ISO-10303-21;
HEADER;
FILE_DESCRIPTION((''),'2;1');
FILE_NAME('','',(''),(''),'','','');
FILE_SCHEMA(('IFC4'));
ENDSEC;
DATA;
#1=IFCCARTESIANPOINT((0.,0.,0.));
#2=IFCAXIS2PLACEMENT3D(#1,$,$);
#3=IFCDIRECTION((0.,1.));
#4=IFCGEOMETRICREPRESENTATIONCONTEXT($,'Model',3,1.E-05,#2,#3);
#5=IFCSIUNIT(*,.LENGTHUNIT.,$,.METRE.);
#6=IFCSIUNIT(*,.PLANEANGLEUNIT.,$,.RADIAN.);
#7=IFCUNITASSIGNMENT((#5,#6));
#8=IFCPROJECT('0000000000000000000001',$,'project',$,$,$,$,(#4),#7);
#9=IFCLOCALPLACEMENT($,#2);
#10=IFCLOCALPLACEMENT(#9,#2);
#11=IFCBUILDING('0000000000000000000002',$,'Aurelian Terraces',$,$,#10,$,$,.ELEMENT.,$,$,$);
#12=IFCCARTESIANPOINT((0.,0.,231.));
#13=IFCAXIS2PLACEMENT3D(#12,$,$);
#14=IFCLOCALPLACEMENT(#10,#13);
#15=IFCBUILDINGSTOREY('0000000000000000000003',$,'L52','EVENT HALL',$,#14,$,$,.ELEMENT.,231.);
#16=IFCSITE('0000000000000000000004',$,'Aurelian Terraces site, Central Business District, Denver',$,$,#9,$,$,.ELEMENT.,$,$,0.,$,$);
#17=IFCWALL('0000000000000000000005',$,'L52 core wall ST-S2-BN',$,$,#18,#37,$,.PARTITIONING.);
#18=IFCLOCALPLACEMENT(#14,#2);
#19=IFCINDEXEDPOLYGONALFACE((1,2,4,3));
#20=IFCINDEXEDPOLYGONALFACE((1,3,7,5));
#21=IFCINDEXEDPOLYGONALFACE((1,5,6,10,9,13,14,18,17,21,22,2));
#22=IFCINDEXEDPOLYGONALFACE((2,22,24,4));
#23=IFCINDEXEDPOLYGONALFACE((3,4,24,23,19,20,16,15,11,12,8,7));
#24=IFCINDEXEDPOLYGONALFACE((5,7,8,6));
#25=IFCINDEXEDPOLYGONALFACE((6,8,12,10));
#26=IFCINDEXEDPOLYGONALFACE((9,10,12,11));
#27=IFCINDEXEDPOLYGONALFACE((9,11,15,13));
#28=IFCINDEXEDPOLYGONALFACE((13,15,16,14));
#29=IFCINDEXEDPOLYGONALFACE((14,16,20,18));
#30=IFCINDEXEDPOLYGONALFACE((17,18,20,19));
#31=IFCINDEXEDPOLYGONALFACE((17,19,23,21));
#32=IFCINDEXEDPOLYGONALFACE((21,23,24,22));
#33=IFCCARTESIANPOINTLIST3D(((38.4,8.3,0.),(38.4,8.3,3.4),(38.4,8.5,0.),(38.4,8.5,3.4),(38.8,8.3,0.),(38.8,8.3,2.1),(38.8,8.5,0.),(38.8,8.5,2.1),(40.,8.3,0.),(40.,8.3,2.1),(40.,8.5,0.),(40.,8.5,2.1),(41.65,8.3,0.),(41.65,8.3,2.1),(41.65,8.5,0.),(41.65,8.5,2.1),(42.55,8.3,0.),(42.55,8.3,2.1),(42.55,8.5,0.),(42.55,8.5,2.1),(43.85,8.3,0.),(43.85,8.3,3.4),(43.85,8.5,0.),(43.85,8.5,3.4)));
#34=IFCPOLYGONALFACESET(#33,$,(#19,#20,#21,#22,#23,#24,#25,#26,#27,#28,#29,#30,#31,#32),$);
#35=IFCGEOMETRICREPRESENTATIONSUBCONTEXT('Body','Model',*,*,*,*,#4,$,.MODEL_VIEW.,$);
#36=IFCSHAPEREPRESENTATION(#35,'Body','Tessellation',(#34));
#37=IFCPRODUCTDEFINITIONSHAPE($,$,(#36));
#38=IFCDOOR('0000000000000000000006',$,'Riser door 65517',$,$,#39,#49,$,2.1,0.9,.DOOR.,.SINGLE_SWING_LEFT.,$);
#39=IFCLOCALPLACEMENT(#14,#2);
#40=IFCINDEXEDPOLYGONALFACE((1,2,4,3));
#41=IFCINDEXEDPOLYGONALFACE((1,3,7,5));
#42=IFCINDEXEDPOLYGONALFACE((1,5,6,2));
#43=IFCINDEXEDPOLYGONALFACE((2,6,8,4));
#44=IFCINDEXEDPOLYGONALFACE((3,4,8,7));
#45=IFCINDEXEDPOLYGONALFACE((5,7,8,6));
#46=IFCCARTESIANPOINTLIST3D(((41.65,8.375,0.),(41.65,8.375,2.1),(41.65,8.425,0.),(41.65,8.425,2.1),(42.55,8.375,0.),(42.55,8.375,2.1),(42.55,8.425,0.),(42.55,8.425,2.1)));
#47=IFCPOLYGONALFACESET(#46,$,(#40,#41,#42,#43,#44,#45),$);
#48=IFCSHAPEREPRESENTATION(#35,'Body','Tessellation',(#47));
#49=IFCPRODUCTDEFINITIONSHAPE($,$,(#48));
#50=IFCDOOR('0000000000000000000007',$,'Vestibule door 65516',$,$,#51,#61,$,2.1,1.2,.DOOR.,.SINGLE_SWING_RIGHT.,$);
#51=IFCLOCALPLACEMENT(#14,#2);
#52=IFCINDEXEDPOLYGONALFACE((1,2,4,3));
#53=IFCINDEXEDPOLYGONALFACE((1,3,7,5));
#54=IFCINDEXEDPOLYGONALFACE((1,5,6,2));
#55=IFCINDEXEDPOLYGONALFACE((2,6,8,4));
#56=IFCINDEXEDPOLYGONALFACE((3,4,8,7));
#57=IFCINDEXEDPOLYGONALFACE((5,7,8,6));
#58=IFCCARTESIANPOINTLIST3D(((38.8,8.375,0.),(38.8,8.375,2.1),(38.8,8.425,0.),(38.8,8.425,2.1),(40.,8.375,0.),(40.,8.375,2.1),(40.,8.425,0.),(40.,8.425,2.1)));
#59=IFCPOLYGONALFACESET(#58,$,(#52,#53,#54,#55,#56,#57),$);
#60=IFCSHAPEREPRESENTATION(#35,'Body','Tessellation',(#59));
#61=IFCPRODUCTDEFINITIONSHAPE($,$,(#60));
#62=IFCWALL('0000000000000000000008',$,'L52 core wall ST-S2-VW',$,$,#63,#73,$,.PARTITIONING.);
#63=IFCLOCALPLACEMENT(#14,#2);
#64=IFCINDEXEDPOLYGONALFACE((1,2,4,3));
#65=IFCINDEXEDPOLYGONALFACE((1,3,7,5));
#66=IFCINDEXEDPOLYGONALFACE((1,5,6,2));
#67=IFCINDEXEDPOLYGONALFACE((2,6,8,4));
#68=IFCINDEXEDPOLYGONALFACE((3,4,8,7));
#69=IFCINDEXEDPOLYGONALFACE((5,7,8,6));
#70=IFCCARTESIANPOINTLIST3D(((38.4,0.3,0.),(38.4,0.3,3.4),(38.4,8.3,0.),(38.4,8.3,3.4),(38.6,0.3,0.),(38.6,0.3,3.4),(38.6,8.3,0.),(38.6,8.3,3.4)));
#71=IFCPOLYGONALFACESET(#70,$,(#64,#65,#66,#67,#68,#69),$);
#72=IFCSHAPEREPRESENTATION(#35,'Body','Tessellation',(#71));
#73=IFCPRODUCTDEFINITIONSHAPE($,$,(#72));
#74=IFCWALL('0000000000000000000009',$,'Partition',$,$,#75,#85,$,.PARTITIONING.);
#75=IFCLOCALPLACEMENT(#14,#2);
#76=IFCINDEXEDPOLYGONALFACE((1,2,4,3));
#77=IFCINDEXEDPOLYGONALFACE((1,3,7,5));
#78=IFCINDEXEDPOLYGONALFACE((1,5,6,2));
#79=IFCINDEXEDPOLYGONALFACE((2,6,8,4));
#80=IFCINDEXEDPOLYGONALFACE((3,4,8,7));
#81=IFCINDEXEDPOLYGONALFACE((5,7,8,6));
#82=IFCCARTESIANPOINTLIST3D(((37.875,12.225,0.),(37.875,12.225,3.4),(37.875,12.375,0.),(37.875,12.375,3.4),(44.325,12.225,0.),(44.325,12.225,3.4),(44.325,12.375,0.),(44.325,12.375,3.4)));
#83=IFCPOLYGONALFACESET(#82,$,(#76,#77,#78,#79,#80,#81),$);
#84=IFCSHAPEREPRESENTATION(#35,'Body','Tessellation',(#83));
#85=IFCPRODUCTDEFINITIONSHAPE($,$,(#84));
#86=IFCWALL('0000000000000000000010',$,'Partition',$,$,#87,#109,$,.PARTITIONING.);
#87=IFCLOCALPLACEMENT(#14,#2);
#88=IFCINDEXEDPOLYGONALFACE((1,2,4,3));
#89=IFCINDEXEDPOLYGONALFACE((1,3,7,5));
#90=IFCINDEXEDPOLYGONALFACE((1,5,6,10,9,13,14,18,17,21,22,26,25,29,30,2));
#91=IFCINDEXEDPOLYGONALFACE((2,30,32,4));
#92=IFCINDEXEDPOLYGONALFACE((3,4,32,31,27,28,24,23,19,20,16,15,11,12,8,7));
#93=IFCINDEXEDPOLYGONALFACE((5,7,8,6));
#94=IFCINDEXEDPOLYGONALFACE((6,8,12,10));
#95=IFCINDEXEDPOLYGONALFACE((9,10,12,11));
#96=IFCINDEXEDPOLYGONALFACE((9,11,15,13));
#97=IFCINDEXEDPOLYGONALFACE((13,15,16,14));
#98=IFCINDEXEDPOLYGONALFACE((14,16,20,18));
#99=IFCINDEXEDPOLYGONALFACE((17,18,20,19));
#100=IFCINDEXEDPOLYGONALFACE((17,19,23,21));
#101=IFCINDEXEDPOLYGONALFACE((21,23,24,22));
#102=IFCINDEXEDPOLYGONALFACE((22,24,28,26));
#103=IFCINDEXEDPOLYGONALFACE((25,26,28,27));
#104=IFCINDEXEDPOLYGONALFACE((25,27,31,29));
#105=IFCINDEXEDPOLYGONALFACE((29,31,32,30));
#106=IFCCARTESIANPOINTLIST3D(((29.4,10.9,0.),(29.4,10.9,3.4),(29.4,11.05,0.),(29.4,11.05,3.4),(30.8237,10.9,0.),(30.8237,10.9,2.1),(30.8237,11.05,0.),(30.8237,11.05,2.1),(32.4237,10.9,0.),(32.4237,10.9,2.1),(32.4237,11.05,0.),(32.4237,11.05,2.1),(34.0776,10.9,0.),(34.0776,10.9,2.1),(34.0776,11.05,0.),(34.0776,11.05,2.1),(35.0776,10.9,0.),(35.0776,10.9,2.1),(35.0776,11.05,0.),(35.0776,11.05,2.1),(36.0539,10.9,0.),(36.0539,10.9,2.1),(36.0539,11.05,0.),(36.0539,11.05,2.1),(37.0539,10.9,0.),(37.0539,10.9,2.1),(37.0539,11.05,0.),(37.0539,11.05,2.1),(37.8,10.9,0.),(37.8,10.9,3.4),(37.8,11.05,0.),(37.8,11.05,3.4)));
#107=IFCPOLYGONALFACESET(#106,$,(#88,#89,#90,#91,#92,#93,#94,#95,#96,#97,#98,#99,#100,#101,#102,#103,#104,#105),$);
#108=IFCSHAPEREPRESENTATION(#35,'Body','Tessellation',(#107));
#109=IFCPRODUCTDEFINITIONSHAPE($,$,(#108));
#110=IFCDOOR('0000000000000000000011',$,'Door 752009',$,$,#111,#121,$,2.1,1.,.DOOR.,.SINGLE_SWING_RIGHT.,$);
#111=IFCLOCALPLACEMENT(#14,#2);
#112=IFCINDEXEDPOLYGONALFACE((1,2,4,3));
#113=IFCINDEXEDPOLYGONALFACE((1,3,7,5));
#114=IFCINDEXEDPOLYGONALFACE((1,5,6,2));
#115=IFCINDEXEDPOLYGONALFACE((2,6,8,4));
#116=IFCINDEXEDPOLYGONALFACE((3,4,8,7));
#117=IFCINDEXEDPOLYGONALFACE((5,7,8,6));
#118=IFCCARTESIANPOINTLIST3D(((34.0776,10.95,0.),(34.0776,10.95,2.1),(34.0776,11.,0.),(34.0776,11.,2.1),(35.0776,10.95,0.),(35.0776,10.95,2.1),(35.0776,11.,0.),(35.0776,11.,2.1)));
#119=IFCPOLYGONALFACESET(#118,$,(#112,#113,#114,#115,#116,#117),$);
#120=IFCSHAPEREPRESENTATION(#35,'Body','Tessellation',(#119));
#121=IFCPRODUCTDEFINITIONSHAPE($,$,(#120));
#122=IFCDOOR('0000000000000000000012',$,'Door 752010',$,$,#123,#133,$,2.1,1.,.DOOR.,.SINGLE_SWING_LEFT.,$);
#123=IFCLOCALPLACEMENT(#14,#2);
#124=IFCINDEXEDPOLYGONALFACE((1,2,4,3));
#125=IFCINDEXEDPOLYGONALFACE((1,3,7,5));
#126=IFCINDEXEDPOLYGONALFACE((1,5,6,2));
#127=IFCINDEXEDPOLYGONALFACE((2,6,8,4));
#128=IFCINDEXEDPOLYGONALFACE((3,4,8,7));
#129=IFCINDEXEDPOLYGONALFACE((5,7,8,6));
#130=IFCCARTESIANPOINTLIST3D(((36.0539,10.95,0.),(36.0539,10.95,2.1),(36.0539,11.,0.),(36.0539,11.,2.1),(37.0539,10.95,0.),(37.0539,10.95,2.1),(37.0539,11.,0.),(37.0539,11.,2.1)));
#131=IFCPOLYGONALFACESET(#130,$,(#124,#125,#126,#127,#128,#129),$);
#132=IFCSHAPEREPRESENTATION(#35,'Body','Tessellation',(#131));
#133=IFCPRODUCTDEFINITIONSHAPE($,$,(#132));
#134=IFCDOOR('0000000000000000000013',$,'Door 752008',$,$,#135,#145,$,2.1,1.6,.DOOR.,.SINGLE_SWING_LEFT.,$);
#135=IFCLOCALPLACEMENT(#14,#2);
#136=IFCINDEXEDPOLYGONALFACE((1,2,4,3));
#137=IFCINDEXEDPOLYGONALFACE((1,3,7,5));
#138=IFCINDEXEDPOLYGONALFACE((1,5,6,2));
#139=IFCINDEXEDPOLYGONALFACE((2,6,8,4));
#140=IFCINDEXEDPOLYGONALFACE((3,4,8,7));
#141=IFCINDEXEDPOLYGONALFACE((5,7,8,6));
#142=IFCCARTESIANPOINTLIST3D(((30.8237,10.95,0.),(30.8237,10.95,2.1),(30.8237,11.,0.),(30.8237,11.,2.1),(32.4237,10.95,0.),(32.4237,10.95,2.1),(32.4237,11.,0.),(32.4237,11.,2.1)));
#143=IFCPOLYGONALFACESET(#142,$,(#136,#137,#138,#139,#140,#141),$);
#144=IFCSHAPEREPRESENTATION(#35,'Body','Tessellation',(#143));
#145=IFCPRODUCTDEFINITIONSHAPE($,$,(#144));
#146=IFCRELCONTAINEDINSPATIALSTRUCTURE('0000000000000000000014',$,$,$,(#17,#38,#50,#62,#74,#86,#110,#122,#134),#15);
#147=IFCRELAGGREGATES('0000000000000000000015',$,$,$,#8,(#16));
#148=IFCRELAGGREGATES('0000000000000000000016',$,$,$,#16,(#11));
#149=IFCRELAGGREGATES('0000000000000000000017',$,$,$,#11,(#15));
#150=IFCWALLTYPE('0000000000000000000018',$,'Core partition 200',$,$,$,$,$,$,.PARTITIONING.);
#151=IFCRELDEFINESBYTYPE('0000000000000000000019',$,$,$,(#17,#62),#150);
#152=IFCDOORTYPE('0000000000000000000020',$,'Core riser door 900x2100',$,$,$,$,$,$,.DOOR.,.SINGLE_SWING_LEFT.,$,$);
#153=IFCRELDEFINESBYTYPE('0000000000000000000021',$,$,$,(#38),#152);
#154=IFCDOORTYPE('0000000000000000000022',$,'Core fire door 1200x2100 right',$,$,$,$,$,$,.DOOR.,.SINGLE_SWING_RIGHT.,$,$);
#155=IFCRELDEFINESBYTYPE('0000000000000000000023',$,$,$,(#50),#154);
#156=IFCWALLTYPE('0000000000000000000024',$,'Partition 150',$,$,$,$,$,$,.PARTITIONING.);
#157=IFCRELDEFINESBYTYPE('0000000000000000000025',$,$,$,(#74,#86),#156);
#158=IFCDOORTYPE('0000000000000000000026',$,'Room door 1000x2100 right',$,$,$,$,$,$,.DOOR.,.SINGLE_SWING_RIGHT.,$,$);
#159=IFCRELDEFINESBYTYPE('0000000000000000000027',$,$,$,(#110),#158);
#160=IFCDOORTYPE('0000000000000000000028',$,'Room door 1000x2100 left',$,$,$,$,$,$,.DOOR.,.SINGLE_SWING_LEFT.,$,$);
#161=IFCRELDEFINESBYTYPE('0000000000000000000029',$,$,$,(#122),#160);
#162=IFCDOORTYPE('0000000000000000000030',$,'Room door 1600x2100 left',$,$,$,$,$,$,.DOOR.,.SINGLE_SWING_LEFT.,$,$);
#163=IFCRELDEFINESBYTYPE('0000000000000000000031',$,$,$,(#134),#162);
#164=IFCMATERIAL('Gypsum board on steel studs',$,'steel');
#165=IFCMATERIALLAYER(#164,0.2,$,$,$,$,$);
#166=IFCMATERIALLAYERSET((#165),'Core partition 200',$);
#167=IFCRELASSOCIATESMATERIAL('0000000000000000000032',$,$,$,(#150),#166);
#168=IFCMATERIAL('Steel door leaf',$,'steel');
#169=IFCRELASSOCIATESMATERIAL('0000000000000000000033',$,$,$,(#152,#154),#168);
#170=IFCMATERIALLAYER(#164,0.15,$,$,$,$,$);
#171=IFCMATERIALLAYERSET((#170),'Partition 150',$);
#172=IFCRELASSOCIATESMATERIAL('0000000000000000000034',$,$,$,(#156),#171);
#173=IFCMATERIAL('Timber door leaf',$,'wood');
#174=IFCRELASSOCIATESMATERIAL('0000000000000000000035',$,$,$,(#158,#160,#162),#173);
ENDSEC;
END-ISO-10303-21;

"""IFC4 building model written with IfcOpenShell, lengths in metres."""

from ifc_helpers import new_model, si_unit, direction, frame, frame_2d, origin, place, context, subcontext, project, spatial, rectangle, extrude, source, transform, mapped, material, layer, layer_set, type_object, element, fill, save


model = new_model("IFC4")

# Units and contexts
model_context = context("Model", 3, precision=1e-05, world=origin(), true_north=direction((0.0, 1.0)))
body_context = subcontext(model_context, "Body", "Model", "MODEL_VIEW")
ifc_project = project(units=[si_unit("LENGTHUNIT", "METRE"), si_unit("PLANEANGLEUNIT", "RADIAN")], contexts=[model_context])

# Site, building, storey
site_placement = place(None, origin())
site = spatial("IfcSite", under=ifc_project, at=site_placement, Name="Aurelian Terraces site, Central Business District, Denver", CompositionType="ELEMENT", RefElevation=0.0)
building_placement = place(site_placement, origin())
building = spatial("IfcBuilding", under=site, at=building_placement, Name="Aurelian Terraces", CompositionType="ELEMENT")
storey_placement = place(building_placement, frame((0.0, 0.0, 231.0)))
storey = spatial("IfcBuildingStorey", under=building, at=storey_placement, Name="L52", Description="EVENT HALL", CompositionType="ELEMENT", Elevation=231.0)

# Shared definitions
ifc_material_1 = material(Name="Steel door leaf", Category="steel")

# Wall, openings, doors
ifc_material_2 = material(Name="Gypsum board on steel studs", Category="steel")
ifc_layer_1 = layer(ifc_material_2, 0.2)
ifc_layer_set_1 = layer_set([ifc_layer_1], Name="Core partition 200")
wall_type_1 = type_object("IfcWallType", Name="Core partition 200", PredefinedType="PARTITIONING", material=ifc_layer_set_1)
shared_shape_1 = source(origin(), body_context, "Body", "SweptSolid", [
    extrude(rectangle(XDim=5.45, YDim=0.2, at=frame_2d((2.725, 0.0))), origin(), (0.0, 0.0, 1.0), 3.4),
])
wall_1_placement = place(storey_placement, frame((38.4, 8.4, 0.0), z_axis=(0.0, 0.0, 1.0), x_axis=(1.0, 0.0, 0.0)))
wall_1 = element("IfcWall", 1, at=wall_1_placement, inside=storey, type_object=wall_type_1, Name="L52 core wall ST-S2-BN", PredefinedType="PARTITIONING", context=body_context, shape_type="MappedRepresentation", body=[
    mapped(shared_shape_1, transform((0.0, 0.0, 0.0), scale=1.0)),
])
shared_shape_2 = source(origin(), body_context, "Body", "SweptSolid", [
    extrude(rectangle(XDim=1.2, YDim=2.1, at=frame_2d((0.6, 1.05))), frame((0.0, 0.11, 0.0), z_axis=(0.0, -1.0, 0.0), x_axis=(1.0, 0.0, 0.0)), (0.0, 0.0, 1.0), 0.22),
])
opening_1_placement = place(wall_1_placement, frame((0.4, 0.0, 0.0)))
opening_1 = element("IfcOpeningElement", 2, at=opening_1_placement, cuts=wall_1, PredefinedType="OPENING", context=body_context, shape_type="MappedRepresentation", body=[
    mapped(shared_shape_2, transform((0.0, 0.0, 0.0), scale=1.0)),
])
shared_shape_3 = source(origin(), body_context, "Body", "SweptSolid", [
    extrude(rectangle(XDim=0.9, YDim=2.1, at=frame_2d((0.45, 1.05))), frame((0.0, 0.11, 0.0), z_axis=(0.0, -1.0, 0.0), x_axis=(1.0, 0.0, 0.0)), (0.0, 0.0, 1.0), 0.22),
])
opening_2_placement = place(wall_1_placement, frame((3.25, 0.0, 0.0)))
opening_2 = element("IfcOpeningElement", 3, at=opening_2_placement, cuts=wall_1, PredefinedType="OPENING", context=body_context, shape_type="MappedRepresentation", body=[
    mapped(shared_shape_3, transform((0.0, 0.0, 0.0), scale=1.0)),
])
door_type_1 = type_object("IfcDoorType", Name="Core riser door 900x2100", OperationType="SINGLE_SWING_LEFT", PredefinedType="DOOR", material=ifc_material_1)
shared_shape_4 = source(origin(), body_context, "Body", "SweptSolid", [
    extrude(rectangle(XDim=0.9, YDim=2.1, at=frame_2d((0.45, 1.05))), frame((0.0, 0.025, 0.0), z_axis=(0.0, -1.0, 0.0), x_axis=(1.0, 0.0, 0.0)), (0.0, 0.0, 1.0), 0.05),
])
door_1_placement = place(opening_2_placement, origin())
door_1 = element("IfcDoor", 4, at=door_1_placement, inside=storey, type_object=door_type_1, Name="Riser door 65517", OperationType="SINGLE_SWING_LEFT", OverallHeight=2.1, OverallWidth=0.9, PredefinedType="DOOR", context=body_context, shape_type="MappedRepresentation", body=[
    mapped(shared_shape_4, transform((0.0, 0.0, 0.0), scale=1.0)),
])
fill(opening_2, door_1)
door_type_2 = type_object("IfcDoorType", Name="Core fire door 1200x2100 right", OperationType="SINGLE_SWING_RIGHT", PredefinedType="DOOR", material=ifc_material_1)
shared_shape_5 = source(origin(), body_context, "Body", "SweptSolid", [
    extrude(rectangle(XDim=1.2, YDim=2.1, at=frame_2d((0.6, 1.05))), frame((0.0, 0.025, 0.0), z_axis=(0.0, -1.0, 0.0), x_axis=(1.0, 0.0, 0.0)), (0.0, 0.0, 1.0), 0.05),
])
door_2_placement = place(opening_1_placement, origin())
door_2 = element("IfcDoor", 5, at=door_2_placement, inside=storey, type_object=door_type_2, Name="Vestibule door 65516", OperationType="SINGLE_SWING_RIGHT", OverallHeight=2.1, OverallWidth=1.2, PredefinedType="DOOR", context=body_context, shape_type="MappedRepresentation", body=[
    mapped(shared_shape_5, transform((0.0, 0.0, 0.0), scale=1.0)),
])
fill(opening_1, door_2)

# Walls
shared_shape_6 = source(origin(), body_context, "Body", "SweptSolid", [
    extrude(rectangle(XDim=8.0, YDim=0.2, at=frame_2d((4.0, 0.0))), origin(), (0.0, 0.0, 1.0), 3.4),
])
wall_2_placement = place(storey_placement, frame((38.5, 0.3, 0.0), z_axis=(0.0, 0.0, 1.0), x_axis=(0.0, 1.0, 0.0)))
element("IfcWall", 6, at=wall_2_placement, inside=storey, type_object=wall_type_1, Name="L52 core wall ST-S2-VW", PredefinedType="PARTITIONING", context=body_context, shape_type="MappedRepresentation", body=[
    mapped(shared_shape_6, transform((0.0, 0.0, 0.0), scale=1.0)),
])
ifc_layer_2 = layer(ifc_material_2, 0.15)
ifc_layer_set_2 = layer_set([ifc_layer_2], Name="Partition 150")
wall_type_2 = type_object("IfcWallType", Name="Partition 150", PredefinedType="PARTITIONING", material=ifc_layer_set_2)
shared_shape_7 = source(origin(), body_context, "Body", "SweptSolid", [
    extrude(rectangle(XDim=6.45, YDim=0.15, at=frame_2d((3.225, 0.0))), origin(), (0.0, 0.0, 1.0), 3.4),
])
wall_3_placement = place(storey_placement, frame((37.875, 12.3, 0.0), z_axis=(0.0, 0.0, 1.0), x_axis=(1.0, 0.0, 0.0)))
element("IfcWall", 7, at=wall_3_placement, inside=storey, type_object=wall_type_2, Name="Partition", PredefinedType="PARTITIONING", context=body_context, shape_type="MappedRepresentation", body=[
    mapped(shared_shape_7, transform((0.0, 0.0, 0.0), scale=1.0)),
])

# Wall, openings, doors
shared_shape_8 = source(origin(), body_context, "Body", "SweptSolid", [
    extrude(rectangle(XDim=8.4, YDim=0.15, at=frame_2d((4.2, 0.0))), origin(), (0.0, 0.0, 1.0), 3.4),
])
wall_4_placement = place(storey_placement, frame((37.8, 10.975, 0.0), z_axis=(0.0, 0.0, 1.0), x_axis=(-1.0, 0.0, 0.0)))
wall_4 = element("IfcWall", 8, at=wall_4_placement, inside=storey, type_object=wall_type_2, Name="Partition", PredefinedType="PARTITIONING", context=body_context, shape_type="MappedRepresentation", body=[
    mapped(shared_shape_8, transform((0.0, 0.0, 0.0), scale=1.0)),
])
shared_shape_9 = source(origin(), body_context, "Body", "SweptSolid", [
    extrude(rectangle(XDim=1.6, YDim=2.1, at=frame_2d((0.8, 1.05))), frame((0.0, 0.085, 0.0), z_axis=(0.0, -1.0, 0.0), x_axis=(1.0, 0.0, 0.0)), (0.0, 0.0, 1.0), 0.17),
])
opening_3_placement = place(wall_4_placement, frame((5.3763, 0.0, 0.0)))
opening_3 = element("IfcOpeningElement", 9, at=opening_3_placement, cuts=wall_4, PredefinedType="OPENING", context=body_context, shape_type="MappedRepresentation", body=[
    mapped(shared_shape_9, transform((0.0, 0.0, 0.0), scale=1.0)),
])
shared_shape_10 = source(origin(), body_context, "Body", "SweptSolid", [
    extrude(rectangle(XDim=1.0, YDim=2.1, at=frame_2d((0.5, 1.05))), frame((0.0, 0.085, 0.0), z_axis=(0.0, -1.0, 0.0), x_axis=(1.0, 0.0, 0.0)), (0.0, 0.0, 1.0), 0.17),
])
opening_4_placement = place(wall_4_placement, frame((2.7224, 0.0, 0.0)))
opening_4 = element("IfcOpeningElement", 10, at=opening_4_placement, cuts=wall_4, PredefinedType="OPENING", context=body_context, shape_type="MappedRepresentation", body=[
    mapped(shared_shape_10, transform((0.0, 0.0, 0.0), scale=1.0)),
])
opening_5_placement = place(wall_4_placement, frame((0.7461, 0.0, 0.0)))
opening_5 = element("IfcOpeningElement", 11, at=opening_5_placement, cuts=wall_4, PredefinedType="OPENING", context=body_context, shape_type="MappedRepresentation", body=[
    mapped(shared_shape_10, transform((0.0, 0.0, 0.0), scale=1.0)),
])
ifc_material_3 = material(Name="Timber door leaf", Category="wood")
door_type_3 = type_object("IfcDoorType", Name="Room door 1000x2100 right", OperationType="SINGLE_SWING_RIGHT", PredefinedType="DOOR", material=ifc_material_3)
shared_shape_11 = source(origin(), body_context, "Body", "SweptSolid", [
    extrude(rectangle(XDim=1.0, YDim=2.1, at=frame_2d((0.5, 1.05))), frame((0.0, 0.025, 0.0), z_axis=(0.0, -1.0, 0.0), x_axis=(1.0, 0.0, 0.0)), (0.0, 0.0, 1.0), 0.05),
])
door_3_placement = place(opening_4_placement, origin())
door_3 = element("IfcDoor", 12, at=door_3_placement, inside=storey, type_object=door_type_3, Name="Door 752009", OperationType="SINGLE_SWING_RIGHT", OverallHeight=2.1, OverallWidth=1.0, PredefinedType="DOOR", context=body_context, shape_type="MappedRepresentation", body=[
    mapped(shared_shape_11, transform((0.0, 0.0, 0.0), scale=1.0)),
])
fill(opening_4, door_3)
door_type_4 = type_object("IfcDoorType", Name="Room door 1000x2100 left", OperationType="SINGLE_SWING_LEFT", PredefinedType="DOOR", material=ifc_material_3)
door_4_placement = place(opening_5_placement, origin())
door_4 = element("IfcDoor", 13, at=door_4_placement, inside=storey, type_object=door_type_4, Name="Door 752010", OperationType="SINGLE_SWING_LEFT", OverallHeight=2.1, OverallWidth=1.0, PredefinedType="DOOR", context=body_context, shape_type="MappedRepresentation", body=[
    mapped(shared_shape_11, transform((0.0, 0.0, 0.0), scale=1.0)),
])
fill(opening_5, door_4)
door_type_5 = type_object("IfcDoorType", Name="Room door 1600x2100 left", OperationType="SINGLE_SWING_LEFT", PredefinedType="DOOR", material=ifc_material_3)
shared_shape_12 = source(origin(), body_context, "Body", "SweptSolid", [
    extrude(rectangle(XDim=1.6, YDim=2.1, at=frame_2d((0.8, 1.05))), frame((0.0, 0.025, 0.0), z_axis=(0.0, -1.0, 0.0), x_axis=(1.0, 0.0, 0.0)), (0.0, 0.0, 1.0), 0.05),
])
door_5_placement = place(opening_3_placement, origin())
door_5 = element("IfcDoor", 14, at=door_5_placement, inside=storey, type_object=door_type_5, Name="Door 752008", OperationType="SINGLE_SWING_LEFT", OverallHeight=2.1, OverallWidth=1.6, PredefinedType="DOOR", context=body_context, shape_type="MappedRepresentation", body=[
    mapped(shared_shape_12, transform((0.0, 0.0, 0.0), scale=1.0)),
])
fill(opening_3, door_5)

save(model, "model.ifc")
